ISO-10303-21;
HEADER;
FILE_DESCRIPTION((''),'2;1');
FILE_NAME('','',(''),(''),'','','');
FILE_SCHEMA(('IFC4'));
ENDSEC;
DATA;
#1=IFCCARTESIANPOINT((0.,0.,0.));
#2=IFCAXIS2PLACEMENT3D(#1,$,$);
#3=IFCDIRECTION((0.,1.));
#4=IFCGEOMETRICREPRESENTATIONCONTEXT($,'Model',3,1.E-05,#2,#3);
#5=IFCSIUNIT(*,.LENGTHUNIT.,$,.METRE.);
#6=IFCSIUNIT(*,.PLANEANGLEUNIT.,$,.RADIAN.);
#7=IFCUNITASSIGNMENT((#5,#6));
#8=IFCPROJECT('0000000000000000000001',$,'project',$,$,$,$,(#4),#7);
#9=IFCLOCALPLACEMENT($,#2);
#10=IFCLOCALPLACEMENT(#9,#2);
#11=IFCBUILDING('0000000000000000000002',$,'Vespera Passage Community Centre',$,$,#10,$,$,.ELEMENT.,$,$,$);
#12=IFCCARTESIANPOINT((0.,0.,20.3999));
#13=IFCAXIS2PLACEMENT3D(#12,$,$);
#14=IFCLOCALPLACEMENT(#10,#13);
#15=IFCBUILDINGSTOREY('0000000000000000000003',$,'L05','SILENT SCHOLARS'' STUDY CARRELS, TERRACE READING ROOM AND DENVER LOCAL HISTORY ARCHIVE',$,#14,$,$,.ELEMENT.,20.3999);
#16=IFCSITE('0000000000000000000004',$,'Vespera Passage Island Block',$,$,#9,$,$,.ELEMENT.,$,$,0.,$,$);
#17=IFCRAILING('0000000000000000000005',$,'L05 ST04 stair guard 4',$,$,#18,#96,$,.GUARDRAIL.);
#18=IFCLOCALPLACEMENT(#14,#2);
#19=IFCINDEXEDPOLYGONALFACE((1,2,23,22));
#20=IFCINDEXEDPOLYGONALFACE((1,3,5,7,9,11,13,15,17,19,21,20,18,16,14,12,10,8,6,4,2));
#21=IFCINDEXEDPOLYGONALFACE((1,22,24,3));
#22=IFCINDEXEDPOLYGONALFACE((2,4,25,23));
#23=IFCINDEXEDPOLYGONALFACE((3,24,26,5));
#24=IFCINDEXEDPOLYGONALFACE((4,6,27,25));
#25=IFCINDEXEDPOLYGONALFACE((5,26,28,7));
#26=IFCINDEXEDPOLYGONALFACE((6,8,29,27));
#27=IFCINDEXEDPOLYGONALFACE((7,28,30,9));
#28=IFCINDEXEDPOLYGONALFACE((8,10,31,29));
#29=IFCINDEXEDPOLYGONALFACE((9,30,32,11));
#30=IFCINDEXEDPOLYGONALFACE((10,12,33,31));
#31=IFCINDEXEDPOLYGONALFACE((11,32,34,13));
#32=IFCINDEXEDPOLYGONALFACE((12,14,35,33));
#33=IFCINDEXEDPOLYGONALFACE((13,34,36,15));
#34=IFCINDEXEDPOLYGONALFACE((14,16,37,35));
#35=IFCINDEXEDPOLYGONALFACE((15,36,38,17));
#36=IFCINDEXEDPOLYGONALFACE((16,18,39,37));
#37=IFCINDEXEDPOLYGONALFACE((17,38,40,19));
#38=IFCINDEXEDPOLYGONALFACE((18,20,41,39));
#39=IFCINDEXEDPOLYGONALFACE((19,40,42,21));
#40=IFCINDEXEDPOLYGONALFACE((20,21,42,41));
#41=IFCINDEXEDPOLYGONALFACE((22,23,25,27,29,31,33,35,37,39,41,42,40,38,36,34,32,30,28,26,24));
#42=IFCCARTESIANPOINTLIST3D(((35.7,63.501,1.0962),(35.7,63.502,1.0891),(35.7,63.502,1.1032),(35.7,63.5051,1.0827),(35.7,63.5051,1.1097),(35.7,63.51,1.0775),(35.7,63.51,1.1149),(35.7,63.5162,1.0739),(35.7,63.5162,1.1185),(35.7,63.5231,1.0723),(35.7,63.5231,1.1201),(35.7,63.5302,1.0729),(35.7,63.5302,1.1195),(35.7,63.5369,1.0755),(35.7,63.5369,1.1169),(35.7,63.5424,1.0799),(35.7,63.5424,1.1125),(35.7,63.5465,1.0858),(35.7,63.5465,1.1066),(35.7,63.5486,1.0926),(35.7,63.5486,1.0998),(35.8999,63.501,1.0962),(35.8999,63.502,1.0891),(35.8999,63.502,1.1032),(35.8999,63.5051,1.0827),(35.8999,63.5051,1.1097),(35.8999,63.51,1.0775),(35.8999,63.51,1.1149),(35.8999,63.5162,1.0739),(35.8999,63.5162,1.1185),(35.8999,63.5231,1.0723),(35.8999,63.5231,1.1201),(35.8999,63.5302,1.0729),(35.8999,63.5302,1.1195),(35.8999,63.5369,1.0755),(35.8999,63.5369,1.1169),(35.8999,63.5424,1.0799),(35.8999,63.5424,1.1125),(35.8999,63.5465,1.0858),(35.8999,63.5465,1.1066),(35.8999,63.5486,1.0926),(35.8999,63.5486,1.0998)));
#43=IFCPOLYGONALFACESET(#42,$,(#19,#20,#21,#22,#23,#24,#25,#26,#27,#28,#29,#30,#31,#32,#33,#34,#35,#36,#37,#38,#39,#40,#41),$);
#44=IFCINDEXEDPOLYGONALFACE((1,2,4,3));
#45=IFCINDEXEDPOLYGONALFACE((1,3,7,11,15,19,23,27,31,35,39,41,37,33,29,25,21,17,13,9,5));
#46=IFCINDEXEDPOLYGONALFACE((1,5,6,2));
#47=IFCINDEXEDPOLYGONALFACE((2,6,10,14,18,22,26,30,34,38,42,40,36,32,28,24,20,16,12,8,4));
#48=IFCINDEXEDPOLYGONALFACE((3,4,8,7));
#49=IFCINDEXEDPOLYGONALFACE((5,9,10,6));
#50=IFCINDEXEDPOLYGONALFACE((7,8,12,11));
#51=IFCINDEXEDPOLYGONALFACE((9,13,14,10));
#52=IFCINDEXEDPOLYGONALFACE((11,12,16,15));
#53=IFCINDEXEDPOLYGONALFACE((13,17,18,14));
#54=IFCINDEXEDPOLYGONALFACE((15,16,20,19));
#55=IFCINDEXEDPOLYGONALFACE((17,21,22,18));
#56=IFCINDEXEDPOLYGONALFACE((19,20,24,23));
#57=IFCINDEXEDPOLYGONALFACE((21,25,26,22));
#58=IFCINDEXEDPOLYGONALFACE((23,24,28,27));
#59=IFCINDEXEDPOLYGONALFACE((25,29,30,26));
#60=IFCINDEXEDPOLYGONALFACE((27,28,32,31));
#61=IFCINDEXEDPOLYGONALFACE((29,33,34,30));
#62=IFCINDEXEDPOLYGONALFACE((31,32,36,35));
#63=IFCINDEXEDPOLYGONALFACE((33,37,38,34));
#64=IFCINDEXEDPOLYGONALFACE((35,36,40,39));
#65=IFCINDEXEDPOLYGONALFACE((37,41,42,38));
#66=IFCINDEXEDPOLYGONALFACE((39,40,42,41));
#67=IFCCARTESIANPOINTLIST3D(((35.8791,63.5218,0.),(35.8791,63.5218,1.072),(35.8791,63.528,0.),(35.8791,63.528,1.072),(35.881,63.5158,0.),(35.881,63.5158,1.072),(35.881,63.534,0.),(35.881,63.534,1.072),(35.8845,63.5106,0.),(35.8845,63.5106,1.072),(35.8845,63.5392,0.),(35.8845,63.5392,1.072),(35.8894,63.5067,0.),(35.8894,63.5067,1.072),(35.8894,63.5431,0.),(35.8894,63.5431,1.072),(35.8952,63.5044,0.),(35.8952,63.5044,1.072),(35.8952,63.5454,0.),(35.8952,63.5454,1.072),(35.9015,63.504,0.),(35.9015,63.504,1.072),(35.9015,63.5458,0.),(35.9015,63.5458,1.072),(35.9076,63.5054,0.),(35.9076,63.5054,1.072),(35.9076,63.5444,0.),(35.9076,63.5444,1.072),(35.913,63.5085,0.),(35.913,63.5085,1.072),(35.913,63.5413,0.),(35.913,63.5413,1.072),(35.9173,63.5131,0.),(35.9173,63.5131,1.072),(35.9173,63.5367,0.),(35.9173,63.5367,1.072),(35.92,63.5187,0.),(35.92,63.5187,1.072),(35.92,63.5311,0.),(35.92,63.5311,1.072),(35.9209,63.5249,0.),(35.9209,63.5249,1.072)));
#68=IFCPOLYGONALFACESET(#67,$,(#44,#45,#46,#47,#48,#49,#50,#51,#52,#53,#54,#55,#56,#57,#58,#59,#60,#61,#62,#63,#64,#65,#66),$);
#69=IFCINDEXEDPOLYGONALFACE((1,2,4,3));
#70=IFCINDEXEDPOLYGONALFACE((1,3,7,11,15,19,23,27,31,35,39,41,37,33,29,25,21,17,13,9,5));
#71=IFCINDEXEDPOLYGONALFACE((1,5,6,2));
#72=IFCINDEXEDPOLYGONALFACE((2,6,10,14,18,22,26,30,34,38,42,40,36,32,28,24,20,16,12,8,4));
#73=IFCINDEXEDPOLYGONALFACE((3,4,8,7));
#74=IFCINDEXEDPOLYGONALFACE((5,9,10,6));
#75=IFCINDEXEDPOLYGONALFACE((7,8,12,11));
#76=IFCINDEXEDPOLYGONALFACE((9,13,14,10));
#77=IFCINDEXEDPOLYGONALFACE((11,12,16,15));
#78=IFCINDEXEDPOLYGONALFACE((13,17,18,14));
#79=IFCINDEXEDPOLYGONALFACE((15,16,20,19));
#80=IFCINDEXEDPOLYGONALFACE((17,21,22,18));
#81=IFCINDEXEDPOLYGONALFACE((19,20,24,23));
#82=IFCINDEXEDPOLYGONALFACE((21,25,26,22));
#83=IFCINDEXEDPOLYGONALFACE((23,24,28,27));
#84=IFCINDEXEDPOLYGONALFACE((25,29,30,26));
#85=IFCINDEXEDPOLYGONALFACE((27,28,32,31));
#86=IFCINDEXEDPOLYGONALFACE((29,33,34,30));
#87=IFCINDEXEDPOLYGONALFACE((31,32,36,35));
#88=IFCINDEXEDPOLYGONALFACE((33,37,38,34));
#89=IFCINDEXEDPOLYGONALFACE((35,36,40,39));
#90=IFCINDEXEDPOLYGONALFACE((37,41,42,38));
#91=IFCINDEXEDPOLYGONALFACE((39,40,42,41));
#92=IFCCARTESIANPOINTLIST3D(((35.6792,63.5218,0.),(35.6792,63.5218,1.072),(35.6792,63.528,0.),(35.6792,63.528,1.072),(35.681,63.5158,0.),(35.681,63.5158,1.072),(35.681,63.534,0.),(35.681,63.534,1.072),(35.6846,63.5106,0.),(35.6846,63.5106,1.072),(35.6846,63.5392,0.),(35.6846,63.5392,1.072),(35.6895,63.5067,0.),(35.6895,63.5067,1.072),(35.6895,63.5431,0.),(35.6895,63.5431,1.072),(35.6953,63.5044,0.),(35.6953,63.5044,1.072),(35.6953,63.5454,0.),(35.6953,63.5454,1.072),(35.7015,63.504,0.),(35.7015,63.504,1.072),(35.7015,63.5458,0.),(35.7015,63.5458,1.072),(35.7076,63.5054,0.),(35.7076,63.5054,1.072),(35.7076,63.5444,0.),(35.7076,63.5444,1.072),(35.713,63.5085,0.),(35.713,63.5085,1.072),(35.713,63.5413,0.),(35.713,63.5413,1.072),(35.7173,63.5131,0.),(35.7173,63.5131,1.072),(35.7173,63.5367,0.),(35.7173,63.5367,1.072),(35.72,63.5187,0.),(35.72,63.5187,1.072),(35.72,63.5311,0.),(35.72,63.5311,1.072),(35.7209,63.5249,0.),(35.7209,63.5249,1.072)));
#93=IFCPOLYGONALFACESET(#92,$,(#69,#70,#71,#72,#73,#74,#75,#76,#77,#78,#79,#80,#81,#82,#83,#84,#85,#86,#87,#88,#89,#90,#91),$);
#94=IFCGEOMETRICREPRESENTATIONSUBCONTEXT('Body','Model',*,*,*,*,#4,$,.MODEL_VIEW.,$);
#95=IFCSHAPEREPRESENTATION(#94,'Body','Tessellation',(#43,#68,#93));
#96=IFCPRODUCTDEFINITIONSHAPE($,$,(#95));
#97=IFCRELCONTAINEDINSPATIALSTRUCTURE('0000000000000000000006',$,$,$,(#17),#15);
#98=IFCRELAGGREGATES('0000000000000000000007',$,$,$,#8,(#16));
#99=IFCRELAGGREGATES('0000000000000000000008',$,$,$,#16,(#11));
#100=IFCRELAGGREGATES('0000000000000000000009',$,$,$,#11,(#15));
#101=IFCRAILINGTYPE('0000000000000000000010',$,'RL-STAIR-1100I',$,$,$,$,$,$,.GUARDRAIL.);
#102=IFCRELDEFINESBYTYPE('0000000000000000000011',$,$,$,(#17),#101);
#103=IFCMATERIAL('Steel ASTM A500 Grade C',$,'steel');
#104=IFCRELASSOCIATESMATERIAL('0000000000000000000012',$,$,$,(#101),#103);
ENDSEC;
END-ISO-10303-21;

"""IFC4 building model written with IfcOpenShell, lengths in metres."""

from ifc_helpers import new_model, si_unit, direction, frame, origin, origin_2d, place, context, subcontext, project, spatial, circle, extrude, material, type_object, element, save


model = new_model("IFC4")

# Units and contexts
model_context = context("Model", 3, precision=1e-05, world=origin(), true_north=direction((0.0, 1.0)))
body_context = subcontext(model_context, "Body", "Model", "MODEL_VIEW")
ifc_project = project(units=[si_unit("LENGTHUNIT", "METRE"), si_unit("PLANEANGLEUNIT", "RADIAN")], contexts=[model_context])

# Site, building, storey
site_placement = place(None, origin())
site = spatial("IfcSite", under=ifc_project, at=site_placement, Name="Vespera Passage Island Block", CompositionType="ELEMENT", RefElevation=0.0)
building_placement = place(site_placement, origin())
building = spatial("IfcBuilding", under=site, at=building_placement, Name="Vespera Passage Community Centre", CompositionType="ELEMENT")
storey_placement = place(building_placement, frame((0.0, 0.0, 20.3999)))
storey = spatial("IfcBuildingStorey", under=building, at=storey_placement, Name="L05", Description="SILENT SCHOLARS' STUDY CARRELS, TERRACE READING ROOM AND DENVER LOCAL HISTORY ARCHIVE", CompositionType="ELEMENT", Elevation=20.3999)

# Railing
ifc_material_1 = material(Name="Steel ASTM A500 Grade C", Category="steel")
railing_type_1 = type_object("IfcRailingType", Name="RL-STAIR-1100I", PredefinedType="GUARDRAIL", material=ifc_material_1)
railing_1_placement = place(storey_placement, frame((35.8999, 63.5249, 0.0)))
element("IfcRailing", 1, at=railing_1_placement, inside=storey, type_object=railing_type_1, Name="L05 ST04 stair guard 4", PredefinedType="GUARDRAIL", context=body_context, shape_type="SweptSolid", body=[
    extrude(circle(Radius=0.0239, at=origin_2d()), frame((0.0, 0.0, 1.0962), z_axis=(-1.0, 0.0, 0.0), x_axis=(0.0, -1.0, 0.0)), (0.0, 0.0, 1.0), 0.2),
    extrude(circle(Radius=0.021, at=origin_2d()), origin(), (0.0, 0.0, 1.0), 1.072),
    extrude(circle(Radius=0.021, at=origin_2d()), frame((-0.2, 0.0, 0.0)), (0.0, 0.0, 1.0), 1.072),
])

save(model, "model.ifc")
